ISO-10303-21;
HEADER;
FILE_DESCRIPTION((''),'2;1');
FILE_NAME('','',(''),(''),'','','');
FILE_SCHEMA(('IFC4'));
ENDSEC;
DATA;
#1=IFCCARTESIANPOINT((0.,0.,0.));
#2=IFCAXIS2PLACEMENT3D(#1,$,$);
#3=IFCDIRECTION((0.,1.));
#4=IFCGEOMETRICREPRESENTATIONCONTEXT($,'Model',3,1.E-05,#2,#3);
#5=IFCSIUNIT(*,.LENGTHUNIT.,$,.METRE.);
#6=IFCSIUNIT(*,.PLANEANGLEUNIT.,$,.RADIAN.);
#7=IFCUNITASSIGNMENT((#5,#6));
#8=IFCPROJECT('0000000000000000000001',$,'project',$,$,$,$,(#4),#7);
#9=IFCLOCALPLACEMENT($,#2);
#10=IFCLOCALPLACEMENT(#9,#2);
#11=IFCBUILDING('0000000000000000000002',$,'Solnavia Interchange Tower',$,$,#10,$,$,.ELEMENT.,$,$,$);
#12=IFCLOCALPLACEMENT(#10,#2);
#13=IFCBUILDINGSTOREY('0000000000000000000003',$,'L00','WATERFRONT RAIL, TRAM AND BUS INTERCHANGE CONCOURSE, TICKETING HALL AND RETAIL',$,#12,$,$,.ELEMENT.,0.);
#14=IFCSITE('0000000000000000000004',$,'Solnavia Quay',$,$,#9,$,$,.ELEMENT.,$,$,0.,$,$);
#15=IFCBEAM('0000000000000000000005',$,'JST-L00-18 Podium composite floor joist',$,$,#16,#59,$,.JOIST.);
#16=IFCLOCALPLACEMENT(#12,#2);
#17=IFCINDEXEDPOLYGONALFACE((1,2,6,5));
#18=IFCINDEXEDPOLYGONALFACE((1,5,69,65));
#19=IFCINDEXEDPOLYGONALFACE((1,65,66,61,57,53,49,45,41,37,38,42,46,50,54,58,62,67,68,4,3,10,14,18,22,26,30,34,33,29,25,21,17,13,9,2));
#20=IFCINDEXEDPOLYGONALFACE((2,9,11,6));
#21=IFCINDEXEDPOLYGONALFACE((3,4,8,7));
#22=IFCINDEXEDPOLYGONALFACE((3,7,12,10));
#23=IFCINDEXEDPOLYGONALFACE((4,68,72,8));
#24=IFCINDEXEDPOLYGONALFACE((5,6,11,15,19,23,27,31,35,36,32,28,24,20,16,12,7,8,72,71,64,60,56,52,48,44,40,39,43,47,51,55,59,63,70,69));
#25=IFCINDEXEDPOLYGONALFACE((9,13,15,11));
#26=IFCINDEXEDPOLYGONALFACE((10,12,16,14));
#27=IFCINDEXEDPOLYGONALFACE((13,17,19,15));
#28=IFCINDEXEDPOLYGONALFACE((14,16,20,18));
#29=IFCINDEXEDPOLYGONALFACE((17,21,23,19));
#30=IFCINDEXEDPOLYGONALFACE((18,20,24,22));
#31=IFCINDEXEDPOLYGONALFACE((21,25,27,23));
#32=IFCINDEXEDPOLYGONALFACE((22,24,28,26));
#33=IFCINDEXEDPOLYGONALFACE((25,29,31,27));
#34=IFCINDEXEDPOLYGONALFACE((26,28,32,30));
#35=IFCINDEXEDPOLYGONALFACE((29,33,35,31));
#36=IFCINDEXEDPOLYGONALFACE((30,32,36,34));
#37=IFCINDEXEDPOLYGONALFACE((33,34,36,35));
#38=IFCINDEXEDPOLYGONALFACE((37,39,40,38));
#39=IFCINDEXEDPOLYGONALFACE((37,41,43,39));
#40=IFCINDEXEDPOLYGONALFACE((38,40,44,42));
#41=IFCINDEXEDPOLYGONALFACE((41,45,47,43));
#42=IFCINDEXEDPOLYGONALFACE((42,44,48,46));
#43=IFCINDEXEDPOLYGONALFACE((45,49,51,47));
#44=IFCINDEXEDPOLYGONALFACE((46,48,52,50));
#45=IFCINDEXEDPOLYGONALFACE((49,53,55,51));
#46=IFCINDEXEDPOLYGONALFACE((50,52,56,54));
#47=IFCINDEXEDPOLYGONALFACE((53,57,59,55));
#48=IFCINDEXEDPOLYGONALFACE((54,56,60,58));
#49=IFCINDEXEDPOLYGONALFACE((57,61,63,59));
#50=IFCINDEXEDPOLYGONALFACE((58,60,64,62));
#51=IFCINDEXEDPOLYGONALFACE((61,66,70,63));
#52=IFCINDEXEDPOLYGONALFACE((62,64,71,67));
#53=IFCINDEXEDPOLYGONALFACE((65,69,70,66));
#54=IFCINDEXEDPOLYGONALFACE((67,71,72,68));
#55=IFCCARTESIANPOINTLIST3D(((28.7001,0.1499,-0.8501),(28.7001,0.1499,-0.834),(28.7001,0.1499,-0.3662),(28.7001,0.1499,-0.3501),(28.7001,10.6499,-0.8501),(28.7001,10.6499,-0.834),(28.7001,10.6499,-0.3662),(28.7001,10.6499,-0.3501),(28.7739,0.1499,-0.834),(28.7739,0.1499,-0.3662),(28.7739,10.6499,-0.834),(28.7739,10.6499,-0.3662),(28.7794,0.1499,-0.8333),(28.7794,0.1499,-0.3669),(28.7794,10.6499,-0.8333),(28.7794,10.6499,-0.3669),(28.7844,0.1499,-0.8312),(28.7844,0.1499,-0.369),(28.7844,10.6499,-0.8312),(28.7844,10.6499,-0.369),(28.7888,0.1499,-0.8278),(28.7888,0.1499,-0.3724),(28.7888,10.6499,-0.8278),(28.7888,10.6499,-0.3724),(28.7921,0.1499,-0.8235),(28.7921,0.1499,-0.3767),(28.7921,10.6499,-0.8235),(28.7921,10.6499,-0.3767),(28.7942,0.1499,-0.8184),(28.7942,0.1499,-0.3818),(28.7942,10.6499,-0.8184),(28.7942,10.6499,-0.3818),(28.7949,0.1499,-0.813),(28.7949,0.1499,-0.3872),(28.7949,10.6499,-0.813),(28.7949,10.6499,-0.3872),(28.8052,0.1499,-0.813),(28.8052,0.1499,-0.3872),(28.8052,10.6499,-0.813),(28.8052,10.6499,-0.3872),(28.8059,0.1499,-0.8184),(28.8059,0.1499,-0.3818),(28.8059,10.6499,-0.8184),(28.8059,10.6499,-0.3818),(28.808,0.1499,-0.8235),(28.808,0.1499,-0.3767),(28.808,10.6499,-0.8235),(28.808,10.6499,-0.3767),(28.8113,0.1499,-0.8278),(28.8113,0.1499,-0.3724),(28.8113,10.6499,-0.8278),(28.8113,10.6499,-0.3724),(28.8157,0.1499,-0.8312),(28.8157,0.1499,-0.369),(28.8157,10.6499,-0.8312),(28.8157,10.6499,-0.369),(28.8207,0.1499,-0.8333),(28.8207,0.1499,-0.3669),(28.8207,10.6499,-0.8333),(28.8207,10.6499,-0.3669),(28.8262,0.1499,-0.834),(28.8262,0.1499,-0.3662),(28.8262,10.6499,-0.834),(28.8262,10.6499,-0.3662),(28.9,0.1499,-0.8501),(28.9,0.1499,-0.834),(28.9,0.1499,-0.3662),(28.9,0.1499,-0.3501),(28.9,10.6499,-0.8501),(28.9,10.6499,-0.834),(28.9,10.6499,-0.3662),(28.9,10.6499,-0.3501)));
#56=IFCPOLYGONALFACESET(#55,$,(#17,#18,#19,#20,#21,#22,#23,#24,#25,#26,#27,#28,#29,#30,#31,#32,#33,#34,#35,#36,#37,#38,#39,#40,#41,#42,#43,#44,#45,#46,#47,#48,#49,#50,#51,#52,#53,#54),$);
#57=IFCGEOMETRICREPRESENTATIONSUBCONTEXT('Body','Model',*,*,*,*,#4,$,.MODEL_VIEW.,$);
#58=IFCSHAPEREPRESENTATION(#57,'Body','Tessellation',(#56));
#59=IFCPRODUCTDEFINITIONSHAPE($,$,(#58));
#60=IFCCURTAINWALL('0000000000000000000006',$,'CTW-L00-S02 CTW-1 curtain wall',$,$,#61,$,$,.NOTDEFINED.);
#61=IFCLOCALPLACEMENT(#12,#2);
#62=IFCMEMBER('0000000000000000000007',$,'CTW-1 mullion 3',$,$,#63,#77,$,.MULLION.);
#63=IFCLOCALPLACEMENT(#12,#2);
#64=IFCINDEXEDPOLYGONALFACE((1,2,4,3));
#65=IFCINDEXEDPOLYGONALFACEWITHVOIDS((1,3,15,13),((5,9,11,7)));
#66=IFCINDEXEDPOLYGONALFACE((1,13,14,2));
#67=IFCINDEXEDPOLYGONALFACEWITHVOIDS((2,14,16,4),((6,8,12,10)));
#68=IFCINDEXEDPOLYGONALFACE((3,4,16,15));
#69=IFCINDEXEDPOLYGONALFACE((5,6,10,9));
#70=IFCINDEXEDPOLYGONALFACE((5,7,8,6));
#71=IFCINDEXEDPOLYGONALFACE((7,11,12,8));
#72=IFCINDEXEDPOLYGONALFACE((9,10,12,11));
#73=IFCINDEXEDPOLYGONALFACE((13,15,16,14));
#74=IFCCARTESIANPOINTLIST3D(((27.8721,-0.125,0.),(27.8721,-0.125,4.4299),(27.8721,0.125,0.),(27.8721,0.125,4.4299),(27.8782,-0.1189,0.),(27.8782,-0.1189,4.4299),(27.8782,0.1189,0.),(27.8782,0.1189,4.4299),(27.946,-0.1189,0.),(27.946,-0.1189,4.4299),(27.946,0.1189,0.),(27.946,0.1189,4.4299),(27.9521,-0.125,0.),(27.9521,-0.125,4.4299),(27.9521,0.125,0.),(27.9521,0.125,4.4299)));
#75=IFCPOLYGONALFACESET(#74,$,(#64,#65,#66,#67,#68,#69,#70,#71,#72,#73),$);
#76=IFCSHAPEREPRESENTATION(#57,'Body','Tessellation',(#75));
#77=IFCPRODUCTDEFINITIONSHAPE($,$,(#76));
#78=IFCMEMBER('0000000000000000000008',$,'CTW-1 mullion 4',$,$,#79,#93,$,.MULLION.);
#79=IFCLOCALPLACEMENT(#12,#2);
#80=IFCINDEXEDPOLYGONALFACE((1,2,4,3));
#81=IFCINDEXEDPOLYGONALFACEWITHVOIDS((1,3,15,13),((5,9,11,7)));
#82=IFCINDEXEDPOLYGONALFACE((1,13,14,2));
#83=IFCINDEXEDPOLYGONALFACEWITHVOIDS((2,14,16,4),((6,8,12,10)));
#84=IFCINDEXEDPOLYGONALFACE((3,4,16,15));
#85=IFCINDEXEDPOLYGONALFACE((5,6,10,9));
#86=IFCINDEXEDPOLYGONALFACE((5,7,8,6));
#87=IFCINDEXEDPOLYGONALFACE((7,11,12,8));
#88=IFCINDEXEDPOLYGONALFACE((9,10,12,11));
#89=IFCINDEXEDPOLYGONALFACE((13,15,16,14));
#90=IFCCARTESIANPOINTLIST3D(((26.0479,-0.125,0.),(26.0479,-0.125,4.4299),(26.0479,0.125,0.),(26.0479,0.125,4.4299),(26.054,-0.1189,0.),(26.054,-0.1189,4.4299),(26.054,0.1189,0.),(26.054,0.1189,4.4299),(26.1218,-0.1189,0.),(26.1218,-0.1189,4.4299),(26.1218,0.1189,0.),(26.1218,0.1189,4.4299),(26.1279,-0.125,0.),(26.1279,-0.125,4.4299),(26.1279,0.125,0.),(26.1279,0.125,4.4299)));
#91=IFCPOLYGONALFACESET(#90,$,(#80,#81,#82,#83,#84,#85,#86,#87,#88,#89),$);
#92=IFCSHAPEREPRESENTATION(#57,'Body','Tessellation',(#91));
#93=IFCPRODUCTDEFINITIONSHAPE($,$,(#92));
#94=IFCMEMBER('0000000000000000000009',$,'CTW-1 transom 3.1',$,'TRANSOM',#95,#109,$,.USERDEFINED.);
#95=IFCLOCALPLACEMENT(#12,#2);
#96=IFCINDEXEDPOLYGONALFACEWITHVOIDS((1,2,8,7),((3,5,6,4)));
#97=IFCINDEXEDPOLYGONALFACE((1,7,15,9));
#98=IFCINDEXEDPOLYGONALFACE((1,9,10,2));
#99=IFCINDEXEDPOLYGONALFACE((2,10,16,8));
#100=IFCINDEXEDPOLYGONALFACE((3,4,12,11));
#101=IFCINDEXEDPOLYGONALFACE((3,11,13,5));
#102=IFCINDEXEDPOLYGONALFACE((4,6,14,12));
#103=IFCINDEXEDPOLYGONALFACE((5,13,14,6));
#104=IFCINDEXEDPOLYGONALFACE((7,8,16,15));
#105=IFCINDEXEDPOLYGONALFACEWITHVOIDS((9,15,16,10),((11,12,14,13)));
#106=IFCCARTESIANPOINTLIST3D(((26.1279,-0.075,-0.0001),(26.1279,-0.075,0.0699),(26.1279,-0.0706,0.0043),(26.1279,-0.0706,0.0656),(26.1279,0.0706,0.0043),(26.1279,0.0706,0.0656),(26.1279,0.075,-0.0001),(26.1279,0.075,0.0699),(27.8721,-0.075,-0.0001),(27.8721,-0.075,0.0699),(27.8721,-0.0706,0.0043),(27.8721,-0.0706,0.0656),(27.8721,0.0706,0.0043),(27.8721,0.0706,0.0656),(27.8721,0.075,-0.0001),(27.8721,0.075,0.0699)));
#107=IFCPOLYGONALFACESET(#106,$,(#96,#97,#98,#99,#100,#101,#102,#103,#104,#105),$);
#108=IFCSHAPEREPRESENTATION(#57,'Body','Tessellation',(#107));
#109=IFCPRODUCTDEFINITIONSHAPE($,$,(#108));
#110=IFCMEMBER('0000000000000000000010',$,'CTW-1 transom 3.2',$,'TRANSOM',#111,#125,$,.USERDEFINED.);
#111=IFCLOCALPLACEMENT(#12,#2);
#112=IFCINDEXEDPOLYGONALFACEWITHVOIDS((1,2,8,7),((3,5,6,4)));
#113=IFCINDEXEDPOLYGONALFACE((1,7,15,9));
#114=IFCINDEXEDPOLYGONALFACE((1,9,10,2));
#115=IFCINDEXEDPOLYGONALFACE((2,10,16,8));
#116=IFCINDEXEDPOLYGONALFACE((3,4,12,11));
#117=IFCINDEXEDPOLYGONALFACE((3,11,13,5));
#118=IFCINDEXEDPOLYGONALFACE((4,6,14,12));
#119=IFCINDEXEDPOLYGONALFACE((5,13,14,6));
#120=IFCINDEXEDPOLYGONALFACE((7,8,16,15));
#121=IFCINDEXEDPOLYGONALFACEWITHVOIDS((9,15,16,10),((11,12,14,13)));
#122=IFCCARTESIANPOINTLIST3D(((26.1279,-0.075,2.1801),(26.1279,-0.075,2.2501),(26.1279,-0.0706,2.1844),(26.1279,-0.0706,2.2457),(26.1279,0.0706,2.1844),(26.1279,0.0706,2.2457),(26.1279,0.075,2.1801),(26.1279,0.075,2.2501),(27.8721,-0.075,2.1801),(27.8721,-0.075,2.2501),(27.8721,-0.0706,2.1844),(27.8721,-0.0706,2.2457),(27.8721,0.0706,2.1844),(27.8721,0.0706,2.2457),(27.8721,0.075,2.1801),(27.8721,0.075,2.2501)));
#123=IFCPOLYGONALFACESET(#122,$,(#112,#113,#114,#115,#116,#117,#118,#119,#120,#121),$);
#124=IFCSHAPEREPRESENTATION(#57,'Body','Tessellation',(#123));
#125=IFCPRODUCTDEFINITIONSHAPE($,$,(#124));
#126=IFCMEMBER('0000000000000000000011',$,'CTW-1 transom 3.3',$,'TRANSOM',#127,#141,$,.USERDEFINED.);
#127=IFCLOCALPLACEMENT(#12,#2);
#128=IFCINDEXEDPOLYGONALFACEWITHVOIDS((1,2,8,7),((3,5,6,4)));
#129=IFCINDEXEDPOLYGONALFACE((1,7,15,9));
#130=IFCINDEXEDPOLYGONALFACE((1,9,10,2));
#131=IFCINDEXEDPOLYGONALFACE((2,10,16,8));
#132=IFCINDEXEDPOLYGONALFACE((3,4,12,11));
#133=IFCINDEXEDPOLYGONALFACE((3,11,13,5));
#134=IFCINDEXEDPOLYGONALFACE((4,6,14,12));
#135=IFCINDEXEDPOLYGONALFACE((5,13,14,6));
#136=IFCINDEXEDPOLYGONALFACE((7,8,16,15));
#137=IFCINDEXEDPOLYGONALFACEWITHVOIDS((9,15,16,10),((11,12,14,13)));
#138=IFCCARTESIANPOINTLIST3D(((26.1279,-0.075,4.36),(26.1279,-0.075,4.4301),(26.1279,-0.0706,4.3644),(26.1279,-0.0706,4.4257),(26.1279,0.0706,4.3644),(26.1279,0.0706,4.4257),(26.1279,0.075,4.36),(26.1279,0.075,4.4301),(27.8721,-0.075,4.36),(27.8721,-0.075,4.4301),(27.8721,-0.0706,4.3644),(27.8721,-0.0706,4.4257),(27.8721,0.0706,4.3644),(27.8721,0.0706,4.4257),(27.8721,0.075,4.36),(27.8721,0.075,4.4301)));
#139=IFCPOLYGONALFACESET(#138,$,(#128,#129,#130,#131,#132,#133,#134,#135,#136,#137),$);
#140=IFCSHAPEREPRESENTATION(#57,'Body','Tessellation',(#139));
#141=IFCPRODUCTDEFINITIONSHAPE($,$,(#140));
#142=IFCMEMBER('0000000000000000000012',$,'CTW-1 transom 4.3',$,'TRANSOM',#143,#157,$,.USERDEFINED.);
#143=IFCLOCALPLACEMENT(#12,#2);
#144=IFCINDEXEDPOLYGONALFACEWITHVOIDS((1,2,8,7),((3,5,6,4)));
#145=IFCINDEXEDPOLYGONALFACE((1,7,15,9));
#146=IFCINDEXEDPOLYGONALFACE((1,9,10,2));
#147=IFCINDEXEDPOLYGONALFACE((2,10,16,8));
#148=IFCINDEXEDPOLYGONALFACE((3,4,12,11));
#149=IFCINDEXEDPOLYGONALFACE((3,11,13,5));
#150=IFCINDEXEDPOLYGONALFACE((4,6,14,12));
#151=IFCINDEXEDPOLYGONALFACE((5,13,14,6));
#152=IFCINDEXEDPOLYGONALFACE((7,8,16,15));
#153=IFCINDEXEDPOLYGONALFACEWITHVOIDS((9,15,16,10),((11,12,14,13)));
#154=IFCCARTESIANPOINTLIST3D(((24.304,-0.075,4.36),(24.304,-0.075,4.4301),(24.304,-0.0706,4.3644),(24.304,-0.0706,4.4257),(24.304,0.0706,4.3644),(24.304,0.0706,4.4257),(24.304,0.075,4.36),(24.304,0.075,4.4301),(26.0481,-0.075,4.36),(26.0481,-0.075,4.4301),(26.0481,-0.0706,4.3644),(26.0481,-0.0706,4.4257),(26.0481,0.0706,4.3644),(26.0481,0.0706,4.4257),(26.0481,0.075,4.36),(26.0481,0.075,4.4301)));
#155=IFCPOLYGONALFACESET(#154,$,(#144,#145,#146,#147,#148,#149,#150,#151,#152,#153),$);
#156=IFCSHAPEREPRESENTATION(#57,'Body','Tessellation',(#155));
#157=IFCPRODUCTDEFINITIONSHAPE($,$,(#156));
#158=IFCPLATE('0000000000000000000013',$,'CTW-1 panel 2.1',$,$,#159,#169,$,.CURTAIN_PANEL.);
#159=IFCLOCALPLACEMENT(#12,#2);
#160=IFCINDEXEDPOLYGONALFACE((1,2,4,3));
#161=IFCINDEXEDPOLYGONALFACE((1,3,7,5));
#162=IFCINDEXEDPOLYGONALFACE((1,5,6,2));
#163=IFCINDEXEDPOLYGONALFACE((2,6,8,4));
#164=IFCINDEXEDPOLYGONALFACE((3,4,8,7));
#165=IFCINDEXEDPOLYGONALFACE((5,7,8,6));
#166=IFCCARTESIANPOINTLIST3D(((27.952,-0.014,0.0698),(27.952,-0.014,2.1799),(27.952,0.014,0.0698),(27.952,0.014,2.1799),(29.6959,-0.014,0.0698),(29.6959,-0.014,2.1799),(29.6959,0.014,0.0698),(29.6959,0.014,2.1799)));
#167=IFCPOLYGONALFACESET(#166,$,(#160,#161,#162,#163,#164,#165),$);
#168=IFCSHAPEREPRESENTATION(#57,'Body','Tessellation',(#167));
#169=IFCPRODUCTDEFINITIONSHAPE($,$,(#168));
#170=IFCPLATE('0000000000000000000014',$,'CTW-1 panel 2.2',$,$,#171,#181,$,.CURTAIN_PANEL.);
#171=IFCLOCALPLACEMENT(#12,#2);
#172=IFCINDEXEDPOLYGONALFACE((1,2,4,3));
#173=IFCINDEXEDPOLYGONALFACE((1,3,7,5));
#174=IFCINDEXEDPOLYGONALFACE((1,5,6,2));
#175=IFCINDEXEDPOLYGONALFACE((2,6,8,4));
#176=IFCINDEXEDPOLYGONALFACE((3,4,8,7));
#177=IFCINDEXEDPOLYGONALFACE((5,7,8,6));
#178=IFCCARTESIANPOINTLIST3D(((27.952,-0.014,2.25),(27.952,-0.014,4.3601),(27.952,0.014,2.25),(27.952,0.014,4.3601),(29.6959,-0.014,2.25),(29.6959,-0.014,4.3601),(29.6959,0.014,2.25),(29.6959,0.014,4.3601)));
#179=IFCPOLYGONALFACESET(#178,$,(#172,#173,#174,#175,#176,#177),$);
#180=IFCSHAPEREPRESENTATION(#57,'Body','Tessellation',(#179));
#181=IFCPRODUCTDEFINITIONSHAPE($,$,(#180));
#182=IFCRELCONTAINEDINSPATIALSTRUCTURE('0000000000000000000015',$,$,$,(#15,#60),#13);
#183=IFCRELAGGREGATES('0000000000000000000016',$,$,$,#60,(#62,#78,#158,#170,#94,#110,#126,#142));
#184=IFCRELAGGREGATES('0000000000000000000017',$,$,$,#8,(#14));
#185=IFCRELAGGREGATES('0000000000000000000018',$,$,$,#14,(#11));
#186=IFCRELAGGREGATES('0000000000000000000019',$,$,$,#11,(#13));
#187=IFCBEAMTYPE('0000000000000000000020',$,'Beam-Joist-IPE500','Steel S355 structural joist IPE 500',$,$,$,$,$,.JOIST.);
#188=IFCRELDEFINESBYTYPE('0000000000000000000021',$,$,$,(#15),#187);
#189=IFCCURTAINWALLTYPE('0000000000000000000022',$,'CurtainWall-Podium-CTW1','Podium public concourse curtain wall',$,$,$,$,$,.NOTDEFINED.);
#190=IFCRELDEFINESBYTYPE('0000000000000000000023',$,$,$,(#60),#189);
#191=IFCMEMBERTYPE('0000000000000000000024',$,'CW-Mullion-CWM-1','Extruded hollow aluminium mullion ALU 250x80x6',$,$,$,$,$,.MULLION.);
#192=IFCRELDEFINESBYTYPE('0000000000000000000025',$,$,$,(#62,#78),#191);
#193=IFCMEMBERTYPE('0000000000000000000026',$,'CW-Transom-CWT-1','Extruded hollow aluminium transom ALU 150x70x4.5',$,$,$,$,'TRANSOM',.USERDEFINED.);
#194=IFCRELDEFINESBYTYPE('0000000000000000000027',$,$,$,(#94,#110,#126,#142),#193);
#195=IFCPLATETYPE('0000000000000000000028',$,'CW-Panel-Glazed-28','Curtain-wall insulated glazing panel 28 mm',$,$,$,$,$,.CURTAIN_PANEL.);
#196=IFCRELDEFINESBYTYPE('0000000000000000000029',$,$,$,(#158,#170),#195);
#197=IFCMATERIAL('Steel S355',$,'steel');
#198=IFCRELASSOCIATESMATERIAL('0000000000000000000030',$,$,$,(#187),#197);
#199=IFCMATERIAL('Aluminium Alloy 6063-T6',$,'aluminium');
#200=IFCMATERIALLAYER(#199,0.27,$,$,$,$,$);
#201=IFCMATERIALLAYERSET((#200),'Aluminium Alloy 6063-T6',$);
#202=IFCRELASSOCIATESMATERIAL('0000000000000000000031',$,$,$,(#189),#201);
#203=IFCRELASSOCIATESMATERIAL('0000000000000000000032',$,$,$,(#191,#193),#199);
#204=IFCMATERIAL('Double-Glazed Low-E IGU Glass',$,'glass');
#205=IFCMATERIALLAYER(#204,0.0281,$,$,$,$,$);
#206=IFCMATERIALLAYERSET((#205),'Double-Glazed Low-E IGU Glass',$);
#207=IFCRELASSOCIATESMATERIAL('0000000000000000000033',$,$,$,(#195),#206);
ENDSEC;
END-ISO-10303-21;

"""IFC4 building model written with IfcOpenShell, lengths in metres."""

from ifc_helpers import new_model, si_unit, direction, frame, origin, origin_2d, place, context, subcontext, project, spatial, rectangle, hollow_rectangle, i_section, extrude, material, layer, layer_set, material_profile, profile_set, type_object, element, aggregate, save


model = new_model("IFC4")

# Units and contexts
model_context = context("Model", 3, precision=1e-05, world=origin(), true_north=direction((0.0, 1.0)))
body_context = subcontext(model_context, "Body", "Model", "MODEL_VIEW")
ifc_project = project(units=[si_unit("LENGTHUNIT", "METRE"), si_unit("PLANEANGLEUNIT", "RADIAN")], contexts=[model_context])

# Site, building, storey
site_placement = place(None, origin())
site = spatial("IfcSite", under=ifc_project, at=site_placement, Name="Solnavia Quay", CompositionType="ELEMENT", RefElevation=0.0)
building_placement = place(site_placement, origin())
building = spatial("IfcBuilding", under=site, at=building_placement, Name="Solnavia Interchange Tower", CompositionType="ELEMENT")
storey_placement = place(building_placement, origin())
storey = spatial("IfcBuildingStorey", under=building, at=storey_placement, Name="L00", Description="WATERFRONT RAIL, TRAM AND BUS INTERCHANGE CONCOURSE, TICKETING HALL AND RETAIL", CompositionType="ELEMENT", Elevation=0.0)

# Beam
ifc_material_1 = material(Name="Steel S355", Category="steel")
ifc_material_profile_1 = material_profile(ifc_material_1, i_section(OverallWidth=0.2, OverallDepth=0.5, WebThickness=0.0103, FlangeThickness=0.0161, FilletRadius=0.021, at=origin_2d()), Name="IPE 500")
ifc_profile_set_1 = profile_set([ifc_material_profile_1], Name="Steel S355")
beam_type_1 = type_object("IfcBeamType", Name="Beam-Joist-IPE500", Description="Steel S355 structural joist IPE 500", PredefinedType="JOIST", material=ifc_profile_set_1)
for number, where, z_axis, x_axis, name in (
    (1, (28.8, 0.1499, -0.6001), (0.0, 1.0, 0.0), (-1.0, 0.0, 0.0), "JST-L00-18 Podium composite floor joist"),
):
    element("IfcBeam", number, at=place(storey_placement, frame(where, z_axis=z_axis, x_axis=x_axis)), inside=storey, type_object=beam_type_1, Name=name, PredefinedType="JOIST", context=body_context, shape_type="SweptSolid", body=[
        extrude(i_section(OverallWidth=0.2, OverallDepth=0.5, WebThickness=0.0103, FlangeThickness=0.0161, FilletRadius=0.021, at=origin_2d()), origin(), (0.0, 0.0, 1.0), 10.5),
    ])

# Curtain wall, members, plates
ifc_material_2 = material(Name="Aluminium Alloy 6063-T6", Category="aluminium")
ifc_layer_1 = layer(ifc_material_2, 0.27)
ifc_layer_set_1 = layer_set([ifc_layer_1], Name="Aluminium Alloy 6063-T6")
curtain_wall_type = type_object("IfcCurtainWallType", Name="CurtainWall-Podium-CTW1", Description="Podium public concourse curtain wall", PredefinedType="NOTDEFINED", material=ifc_layer_set_1)
curtain_wall_placement = place(storey_placement, origin())
curtain_wall = element("IfcCurtainWall", 2, at=curtain_wall_placement, inside=storey, type_object=curtain_wall_type, Name="CTW-L00-S02 CTW-1 curtain wall", PredefinedType="NOTDEFINED")
ifc_material_profile_2 = material_profile(ifc_material_2, hollow_rectangle(XDim=0.0801, YDim=0.25, WallThickness=0.0061, at=origin_2d()), Name="ALU 250x80x6")
ifc_profile_set_2 = profile_set([ifc_material_profile_2], Name="Aluminium Alloy 6063-T6")
member_type_1 = type_object("IfcMemberType", Name="CW-Mullion-CWM-1", Description="Extruded hollow aluminium mullion ALU 250x80x6", PredefinedType="MULLION", material=ifc_profile_set_2)
member_1_placement = place(storey_placement, frame((27.9121, 0.0, 0.0), z_axis=(0.0, 0.0, 1.0), x_axis=(-1.0, 0.0, 0.0)))
member_1 = element("IfcMember", 3, at=member_1_placement, type_object=member_type_1, Name="CTW-1 mullion 3", PredefinedType="MULLION", context=body_context, shape_type="SweptSolid", body=[
    extrude(hollow_rectangle(XDim=0.0801, YDim=0.25, WallThickness=0.0061, at=origin_2d()), origin(), (0.0, 0.0, 1.0), 4.4299),
])
member_2_placement = place(storey_placement, frame((26.0879, 0.0, 0.0), z_axis=(0.0, 0.0, 1.0), x_axis=(-1.0, 0.0, 0.0)))
member_2 = element("IfcMember", 4, at=member_2_placement, type_object=member_type_1, Name="CTW-1 mullion 4", PredefinedType="MULLION", context=body_context, shape_type="SweptSolid", body=[
    extrude(hollow_rectangle(XDim=0.0801, YDim=0.25, WallThickness=0.0061, at=origin_2d()), origin(), (0.0, 0.0, 1.0), 4.4299),
])
ifc_material_profile_3 = material_profile(ifc_material_2, hollow_rectangle(XDim=0.0701, YDim=0.1499, WallThickness=0.0044, at=origin_2d()), Name="ALU 150x70x4.5")
ifc_profile_set_3 = profile_set([ifc_material_profile_3], Name="Aluminium Alloy 6063-T6")
member_type_2 = type_object("IfcMemberType", Name="CW-Transom-CWT-1", Description="Extruded hollow aluminium transom ALU 150x70x4.5", ElementType="TRANSOM", PredefinedType="USERDEFINED", material=ifc_profile_set_3)
member_3_placement = place(storey_placement, frame((27.8721, 0.0, 0.0349), z_axis=(-1.0, 0.0, 0.0), x_axis=(0.0, 0.0, 1.0)))
member_3 = element("IfcMember", 5, at=member_3_placement, type_object=member_type_2, Name="CTW-1 transom 3.1", ObjectType="TRANSOM", PredefinedType="USERDEFINED", context=body_context, shape_type="SweptSolid", body=[
    extrude(hollow_rectangle(XDim=0.0701, YDim=0.1499, WallThickness=0.0044, at=origin_2d()), origin(), (0.0, 0.0, 1.0), 1.7441),
])
member_4_placement = place(storey_placement, frame((27.8721, 0.0, 2.2151), z_axis=(-1.0, 0.0, 0.0), x_axis=(0.0, 0.0, 1.0)))
member_4 = element("IfcMember", 6, at=member_4_placement, type_object=member_type_2, Name="CTW-1 transom 3.2", ObjectType="TRANSOM", PredefinedType="USERDEFINED", context=body_context, shape_type="SweptSolid", body=[
    extrude(hollow_rectangle(XDim=0.0701, YDim=0.1499, WallThickness=0.0044, at=origin_2d()), origin(), (0.0, 0.0, 1.0), 1.7441),
])
member_5_placement = place(storey_placement, frame((27.8721, 0.0, 4.395), z_axis=(-1.0, 0.0, 0.0), x_axis=(0.0, 0.0, 1.0)))
member_5 = element("IfcMember", 7, at=member_5_placement, type_object=member_type_2, Name="CTW-1 transom 3.3", ObjectType="TRANSOM", PredefinedType="USERDEFINED", context=body_context, shape_type="SweptSolid", body=[
    extrude(hollow_rectangle(XDim=0.0701, YDim=0.1499, WallThickness=0.0044, at=origin_2d()), origin(), (0.0, 0.0, 1.0), 1.7441),
])
member_6_placement = place(storey_placement, frame((26.0481, 0.0, 4.395), z_axis=(-1.0, 0.0, 0.0), x_axis=(0.0, 0.0, 1.0)))
member_6 = element("IfcMember", 8, at=member_6_placement, type_object=member_type_2, Name="CTW-1 transom 4.3", ObjectType="TRANSOM", PredefinedType="USERDEFINED", context=body_context, shape_type="SweptSolid", body=[
    extrude(hollow_rectangle(XDim=0.0701, YDim=0.1499, WallThickness=0.0044, at=origin_2d()), origin(), (0.0, 0.0, 1.0), 1.7441),
])
ifc_material_3 = material(Name="Double-Glazed Low-E IGU Glass", Category="glass")
ifc_layer_2 = layer(ifc_material_3, 0.0281)
ifc_layer_set_2 = layer_set([ifc_layer_2], Name="Double-Glazed Low-E IGU Glass")
plate_type = type_object("IfcPlateType", Name="CW-Panel-Glazed-28", Description="Curtain-wall insulated glazing panel 28 mm", PredefinedType="CURTAIN_PANEL", material=ifc_layer_set_2)
plate_1_placement = place(storey_placement, frame((28.824, 0.0, 0.0698), z_axis=(0.0, 0.0, 1.0), x_axis=(-1.0, 0.0, 0.0)))
plate_1 = element("IfcPlate", 9, at=plate_1_placement, type_object=plate_type, Name="CTW-1 panel 2.1", PredefinedType="CURTAIN_PANEL", context=body_context, shape_type="SweptSolid", body=[
    extrude(rectangle(XDim=1.7439, YDim=0.0281, at=origin_2d()), origin(), (0.0, 0.0, 1.0), 2.1101),
])
plate_2_placement = place(storey_placement, frame((28.824, 0.0, 2.25), z_axis=(0.0, 0.0, 1.0), x_axis=(-1.0, 0.0, 0.0)))
plate_2 = element("IfcPlate", 10, at=plate_2_placement, type_object=plate_type, Name="CTW-1 panel 2.2", PredefinedType="CURTAIN_PANEL", context=body_context, shape_type="SweptSolid", body=[
    extrude(rectangle(XDim=1.7439, YDim=0.0281, at=origin_2d()), origin(), (0.0, 0.0, 1.0), 2.1101),
])
aggregate(curtain_wall, [member_1, member_2, plate_1, plate_2, member_3, member_4, member_5, member_6])

save(model, "model.ifc")
